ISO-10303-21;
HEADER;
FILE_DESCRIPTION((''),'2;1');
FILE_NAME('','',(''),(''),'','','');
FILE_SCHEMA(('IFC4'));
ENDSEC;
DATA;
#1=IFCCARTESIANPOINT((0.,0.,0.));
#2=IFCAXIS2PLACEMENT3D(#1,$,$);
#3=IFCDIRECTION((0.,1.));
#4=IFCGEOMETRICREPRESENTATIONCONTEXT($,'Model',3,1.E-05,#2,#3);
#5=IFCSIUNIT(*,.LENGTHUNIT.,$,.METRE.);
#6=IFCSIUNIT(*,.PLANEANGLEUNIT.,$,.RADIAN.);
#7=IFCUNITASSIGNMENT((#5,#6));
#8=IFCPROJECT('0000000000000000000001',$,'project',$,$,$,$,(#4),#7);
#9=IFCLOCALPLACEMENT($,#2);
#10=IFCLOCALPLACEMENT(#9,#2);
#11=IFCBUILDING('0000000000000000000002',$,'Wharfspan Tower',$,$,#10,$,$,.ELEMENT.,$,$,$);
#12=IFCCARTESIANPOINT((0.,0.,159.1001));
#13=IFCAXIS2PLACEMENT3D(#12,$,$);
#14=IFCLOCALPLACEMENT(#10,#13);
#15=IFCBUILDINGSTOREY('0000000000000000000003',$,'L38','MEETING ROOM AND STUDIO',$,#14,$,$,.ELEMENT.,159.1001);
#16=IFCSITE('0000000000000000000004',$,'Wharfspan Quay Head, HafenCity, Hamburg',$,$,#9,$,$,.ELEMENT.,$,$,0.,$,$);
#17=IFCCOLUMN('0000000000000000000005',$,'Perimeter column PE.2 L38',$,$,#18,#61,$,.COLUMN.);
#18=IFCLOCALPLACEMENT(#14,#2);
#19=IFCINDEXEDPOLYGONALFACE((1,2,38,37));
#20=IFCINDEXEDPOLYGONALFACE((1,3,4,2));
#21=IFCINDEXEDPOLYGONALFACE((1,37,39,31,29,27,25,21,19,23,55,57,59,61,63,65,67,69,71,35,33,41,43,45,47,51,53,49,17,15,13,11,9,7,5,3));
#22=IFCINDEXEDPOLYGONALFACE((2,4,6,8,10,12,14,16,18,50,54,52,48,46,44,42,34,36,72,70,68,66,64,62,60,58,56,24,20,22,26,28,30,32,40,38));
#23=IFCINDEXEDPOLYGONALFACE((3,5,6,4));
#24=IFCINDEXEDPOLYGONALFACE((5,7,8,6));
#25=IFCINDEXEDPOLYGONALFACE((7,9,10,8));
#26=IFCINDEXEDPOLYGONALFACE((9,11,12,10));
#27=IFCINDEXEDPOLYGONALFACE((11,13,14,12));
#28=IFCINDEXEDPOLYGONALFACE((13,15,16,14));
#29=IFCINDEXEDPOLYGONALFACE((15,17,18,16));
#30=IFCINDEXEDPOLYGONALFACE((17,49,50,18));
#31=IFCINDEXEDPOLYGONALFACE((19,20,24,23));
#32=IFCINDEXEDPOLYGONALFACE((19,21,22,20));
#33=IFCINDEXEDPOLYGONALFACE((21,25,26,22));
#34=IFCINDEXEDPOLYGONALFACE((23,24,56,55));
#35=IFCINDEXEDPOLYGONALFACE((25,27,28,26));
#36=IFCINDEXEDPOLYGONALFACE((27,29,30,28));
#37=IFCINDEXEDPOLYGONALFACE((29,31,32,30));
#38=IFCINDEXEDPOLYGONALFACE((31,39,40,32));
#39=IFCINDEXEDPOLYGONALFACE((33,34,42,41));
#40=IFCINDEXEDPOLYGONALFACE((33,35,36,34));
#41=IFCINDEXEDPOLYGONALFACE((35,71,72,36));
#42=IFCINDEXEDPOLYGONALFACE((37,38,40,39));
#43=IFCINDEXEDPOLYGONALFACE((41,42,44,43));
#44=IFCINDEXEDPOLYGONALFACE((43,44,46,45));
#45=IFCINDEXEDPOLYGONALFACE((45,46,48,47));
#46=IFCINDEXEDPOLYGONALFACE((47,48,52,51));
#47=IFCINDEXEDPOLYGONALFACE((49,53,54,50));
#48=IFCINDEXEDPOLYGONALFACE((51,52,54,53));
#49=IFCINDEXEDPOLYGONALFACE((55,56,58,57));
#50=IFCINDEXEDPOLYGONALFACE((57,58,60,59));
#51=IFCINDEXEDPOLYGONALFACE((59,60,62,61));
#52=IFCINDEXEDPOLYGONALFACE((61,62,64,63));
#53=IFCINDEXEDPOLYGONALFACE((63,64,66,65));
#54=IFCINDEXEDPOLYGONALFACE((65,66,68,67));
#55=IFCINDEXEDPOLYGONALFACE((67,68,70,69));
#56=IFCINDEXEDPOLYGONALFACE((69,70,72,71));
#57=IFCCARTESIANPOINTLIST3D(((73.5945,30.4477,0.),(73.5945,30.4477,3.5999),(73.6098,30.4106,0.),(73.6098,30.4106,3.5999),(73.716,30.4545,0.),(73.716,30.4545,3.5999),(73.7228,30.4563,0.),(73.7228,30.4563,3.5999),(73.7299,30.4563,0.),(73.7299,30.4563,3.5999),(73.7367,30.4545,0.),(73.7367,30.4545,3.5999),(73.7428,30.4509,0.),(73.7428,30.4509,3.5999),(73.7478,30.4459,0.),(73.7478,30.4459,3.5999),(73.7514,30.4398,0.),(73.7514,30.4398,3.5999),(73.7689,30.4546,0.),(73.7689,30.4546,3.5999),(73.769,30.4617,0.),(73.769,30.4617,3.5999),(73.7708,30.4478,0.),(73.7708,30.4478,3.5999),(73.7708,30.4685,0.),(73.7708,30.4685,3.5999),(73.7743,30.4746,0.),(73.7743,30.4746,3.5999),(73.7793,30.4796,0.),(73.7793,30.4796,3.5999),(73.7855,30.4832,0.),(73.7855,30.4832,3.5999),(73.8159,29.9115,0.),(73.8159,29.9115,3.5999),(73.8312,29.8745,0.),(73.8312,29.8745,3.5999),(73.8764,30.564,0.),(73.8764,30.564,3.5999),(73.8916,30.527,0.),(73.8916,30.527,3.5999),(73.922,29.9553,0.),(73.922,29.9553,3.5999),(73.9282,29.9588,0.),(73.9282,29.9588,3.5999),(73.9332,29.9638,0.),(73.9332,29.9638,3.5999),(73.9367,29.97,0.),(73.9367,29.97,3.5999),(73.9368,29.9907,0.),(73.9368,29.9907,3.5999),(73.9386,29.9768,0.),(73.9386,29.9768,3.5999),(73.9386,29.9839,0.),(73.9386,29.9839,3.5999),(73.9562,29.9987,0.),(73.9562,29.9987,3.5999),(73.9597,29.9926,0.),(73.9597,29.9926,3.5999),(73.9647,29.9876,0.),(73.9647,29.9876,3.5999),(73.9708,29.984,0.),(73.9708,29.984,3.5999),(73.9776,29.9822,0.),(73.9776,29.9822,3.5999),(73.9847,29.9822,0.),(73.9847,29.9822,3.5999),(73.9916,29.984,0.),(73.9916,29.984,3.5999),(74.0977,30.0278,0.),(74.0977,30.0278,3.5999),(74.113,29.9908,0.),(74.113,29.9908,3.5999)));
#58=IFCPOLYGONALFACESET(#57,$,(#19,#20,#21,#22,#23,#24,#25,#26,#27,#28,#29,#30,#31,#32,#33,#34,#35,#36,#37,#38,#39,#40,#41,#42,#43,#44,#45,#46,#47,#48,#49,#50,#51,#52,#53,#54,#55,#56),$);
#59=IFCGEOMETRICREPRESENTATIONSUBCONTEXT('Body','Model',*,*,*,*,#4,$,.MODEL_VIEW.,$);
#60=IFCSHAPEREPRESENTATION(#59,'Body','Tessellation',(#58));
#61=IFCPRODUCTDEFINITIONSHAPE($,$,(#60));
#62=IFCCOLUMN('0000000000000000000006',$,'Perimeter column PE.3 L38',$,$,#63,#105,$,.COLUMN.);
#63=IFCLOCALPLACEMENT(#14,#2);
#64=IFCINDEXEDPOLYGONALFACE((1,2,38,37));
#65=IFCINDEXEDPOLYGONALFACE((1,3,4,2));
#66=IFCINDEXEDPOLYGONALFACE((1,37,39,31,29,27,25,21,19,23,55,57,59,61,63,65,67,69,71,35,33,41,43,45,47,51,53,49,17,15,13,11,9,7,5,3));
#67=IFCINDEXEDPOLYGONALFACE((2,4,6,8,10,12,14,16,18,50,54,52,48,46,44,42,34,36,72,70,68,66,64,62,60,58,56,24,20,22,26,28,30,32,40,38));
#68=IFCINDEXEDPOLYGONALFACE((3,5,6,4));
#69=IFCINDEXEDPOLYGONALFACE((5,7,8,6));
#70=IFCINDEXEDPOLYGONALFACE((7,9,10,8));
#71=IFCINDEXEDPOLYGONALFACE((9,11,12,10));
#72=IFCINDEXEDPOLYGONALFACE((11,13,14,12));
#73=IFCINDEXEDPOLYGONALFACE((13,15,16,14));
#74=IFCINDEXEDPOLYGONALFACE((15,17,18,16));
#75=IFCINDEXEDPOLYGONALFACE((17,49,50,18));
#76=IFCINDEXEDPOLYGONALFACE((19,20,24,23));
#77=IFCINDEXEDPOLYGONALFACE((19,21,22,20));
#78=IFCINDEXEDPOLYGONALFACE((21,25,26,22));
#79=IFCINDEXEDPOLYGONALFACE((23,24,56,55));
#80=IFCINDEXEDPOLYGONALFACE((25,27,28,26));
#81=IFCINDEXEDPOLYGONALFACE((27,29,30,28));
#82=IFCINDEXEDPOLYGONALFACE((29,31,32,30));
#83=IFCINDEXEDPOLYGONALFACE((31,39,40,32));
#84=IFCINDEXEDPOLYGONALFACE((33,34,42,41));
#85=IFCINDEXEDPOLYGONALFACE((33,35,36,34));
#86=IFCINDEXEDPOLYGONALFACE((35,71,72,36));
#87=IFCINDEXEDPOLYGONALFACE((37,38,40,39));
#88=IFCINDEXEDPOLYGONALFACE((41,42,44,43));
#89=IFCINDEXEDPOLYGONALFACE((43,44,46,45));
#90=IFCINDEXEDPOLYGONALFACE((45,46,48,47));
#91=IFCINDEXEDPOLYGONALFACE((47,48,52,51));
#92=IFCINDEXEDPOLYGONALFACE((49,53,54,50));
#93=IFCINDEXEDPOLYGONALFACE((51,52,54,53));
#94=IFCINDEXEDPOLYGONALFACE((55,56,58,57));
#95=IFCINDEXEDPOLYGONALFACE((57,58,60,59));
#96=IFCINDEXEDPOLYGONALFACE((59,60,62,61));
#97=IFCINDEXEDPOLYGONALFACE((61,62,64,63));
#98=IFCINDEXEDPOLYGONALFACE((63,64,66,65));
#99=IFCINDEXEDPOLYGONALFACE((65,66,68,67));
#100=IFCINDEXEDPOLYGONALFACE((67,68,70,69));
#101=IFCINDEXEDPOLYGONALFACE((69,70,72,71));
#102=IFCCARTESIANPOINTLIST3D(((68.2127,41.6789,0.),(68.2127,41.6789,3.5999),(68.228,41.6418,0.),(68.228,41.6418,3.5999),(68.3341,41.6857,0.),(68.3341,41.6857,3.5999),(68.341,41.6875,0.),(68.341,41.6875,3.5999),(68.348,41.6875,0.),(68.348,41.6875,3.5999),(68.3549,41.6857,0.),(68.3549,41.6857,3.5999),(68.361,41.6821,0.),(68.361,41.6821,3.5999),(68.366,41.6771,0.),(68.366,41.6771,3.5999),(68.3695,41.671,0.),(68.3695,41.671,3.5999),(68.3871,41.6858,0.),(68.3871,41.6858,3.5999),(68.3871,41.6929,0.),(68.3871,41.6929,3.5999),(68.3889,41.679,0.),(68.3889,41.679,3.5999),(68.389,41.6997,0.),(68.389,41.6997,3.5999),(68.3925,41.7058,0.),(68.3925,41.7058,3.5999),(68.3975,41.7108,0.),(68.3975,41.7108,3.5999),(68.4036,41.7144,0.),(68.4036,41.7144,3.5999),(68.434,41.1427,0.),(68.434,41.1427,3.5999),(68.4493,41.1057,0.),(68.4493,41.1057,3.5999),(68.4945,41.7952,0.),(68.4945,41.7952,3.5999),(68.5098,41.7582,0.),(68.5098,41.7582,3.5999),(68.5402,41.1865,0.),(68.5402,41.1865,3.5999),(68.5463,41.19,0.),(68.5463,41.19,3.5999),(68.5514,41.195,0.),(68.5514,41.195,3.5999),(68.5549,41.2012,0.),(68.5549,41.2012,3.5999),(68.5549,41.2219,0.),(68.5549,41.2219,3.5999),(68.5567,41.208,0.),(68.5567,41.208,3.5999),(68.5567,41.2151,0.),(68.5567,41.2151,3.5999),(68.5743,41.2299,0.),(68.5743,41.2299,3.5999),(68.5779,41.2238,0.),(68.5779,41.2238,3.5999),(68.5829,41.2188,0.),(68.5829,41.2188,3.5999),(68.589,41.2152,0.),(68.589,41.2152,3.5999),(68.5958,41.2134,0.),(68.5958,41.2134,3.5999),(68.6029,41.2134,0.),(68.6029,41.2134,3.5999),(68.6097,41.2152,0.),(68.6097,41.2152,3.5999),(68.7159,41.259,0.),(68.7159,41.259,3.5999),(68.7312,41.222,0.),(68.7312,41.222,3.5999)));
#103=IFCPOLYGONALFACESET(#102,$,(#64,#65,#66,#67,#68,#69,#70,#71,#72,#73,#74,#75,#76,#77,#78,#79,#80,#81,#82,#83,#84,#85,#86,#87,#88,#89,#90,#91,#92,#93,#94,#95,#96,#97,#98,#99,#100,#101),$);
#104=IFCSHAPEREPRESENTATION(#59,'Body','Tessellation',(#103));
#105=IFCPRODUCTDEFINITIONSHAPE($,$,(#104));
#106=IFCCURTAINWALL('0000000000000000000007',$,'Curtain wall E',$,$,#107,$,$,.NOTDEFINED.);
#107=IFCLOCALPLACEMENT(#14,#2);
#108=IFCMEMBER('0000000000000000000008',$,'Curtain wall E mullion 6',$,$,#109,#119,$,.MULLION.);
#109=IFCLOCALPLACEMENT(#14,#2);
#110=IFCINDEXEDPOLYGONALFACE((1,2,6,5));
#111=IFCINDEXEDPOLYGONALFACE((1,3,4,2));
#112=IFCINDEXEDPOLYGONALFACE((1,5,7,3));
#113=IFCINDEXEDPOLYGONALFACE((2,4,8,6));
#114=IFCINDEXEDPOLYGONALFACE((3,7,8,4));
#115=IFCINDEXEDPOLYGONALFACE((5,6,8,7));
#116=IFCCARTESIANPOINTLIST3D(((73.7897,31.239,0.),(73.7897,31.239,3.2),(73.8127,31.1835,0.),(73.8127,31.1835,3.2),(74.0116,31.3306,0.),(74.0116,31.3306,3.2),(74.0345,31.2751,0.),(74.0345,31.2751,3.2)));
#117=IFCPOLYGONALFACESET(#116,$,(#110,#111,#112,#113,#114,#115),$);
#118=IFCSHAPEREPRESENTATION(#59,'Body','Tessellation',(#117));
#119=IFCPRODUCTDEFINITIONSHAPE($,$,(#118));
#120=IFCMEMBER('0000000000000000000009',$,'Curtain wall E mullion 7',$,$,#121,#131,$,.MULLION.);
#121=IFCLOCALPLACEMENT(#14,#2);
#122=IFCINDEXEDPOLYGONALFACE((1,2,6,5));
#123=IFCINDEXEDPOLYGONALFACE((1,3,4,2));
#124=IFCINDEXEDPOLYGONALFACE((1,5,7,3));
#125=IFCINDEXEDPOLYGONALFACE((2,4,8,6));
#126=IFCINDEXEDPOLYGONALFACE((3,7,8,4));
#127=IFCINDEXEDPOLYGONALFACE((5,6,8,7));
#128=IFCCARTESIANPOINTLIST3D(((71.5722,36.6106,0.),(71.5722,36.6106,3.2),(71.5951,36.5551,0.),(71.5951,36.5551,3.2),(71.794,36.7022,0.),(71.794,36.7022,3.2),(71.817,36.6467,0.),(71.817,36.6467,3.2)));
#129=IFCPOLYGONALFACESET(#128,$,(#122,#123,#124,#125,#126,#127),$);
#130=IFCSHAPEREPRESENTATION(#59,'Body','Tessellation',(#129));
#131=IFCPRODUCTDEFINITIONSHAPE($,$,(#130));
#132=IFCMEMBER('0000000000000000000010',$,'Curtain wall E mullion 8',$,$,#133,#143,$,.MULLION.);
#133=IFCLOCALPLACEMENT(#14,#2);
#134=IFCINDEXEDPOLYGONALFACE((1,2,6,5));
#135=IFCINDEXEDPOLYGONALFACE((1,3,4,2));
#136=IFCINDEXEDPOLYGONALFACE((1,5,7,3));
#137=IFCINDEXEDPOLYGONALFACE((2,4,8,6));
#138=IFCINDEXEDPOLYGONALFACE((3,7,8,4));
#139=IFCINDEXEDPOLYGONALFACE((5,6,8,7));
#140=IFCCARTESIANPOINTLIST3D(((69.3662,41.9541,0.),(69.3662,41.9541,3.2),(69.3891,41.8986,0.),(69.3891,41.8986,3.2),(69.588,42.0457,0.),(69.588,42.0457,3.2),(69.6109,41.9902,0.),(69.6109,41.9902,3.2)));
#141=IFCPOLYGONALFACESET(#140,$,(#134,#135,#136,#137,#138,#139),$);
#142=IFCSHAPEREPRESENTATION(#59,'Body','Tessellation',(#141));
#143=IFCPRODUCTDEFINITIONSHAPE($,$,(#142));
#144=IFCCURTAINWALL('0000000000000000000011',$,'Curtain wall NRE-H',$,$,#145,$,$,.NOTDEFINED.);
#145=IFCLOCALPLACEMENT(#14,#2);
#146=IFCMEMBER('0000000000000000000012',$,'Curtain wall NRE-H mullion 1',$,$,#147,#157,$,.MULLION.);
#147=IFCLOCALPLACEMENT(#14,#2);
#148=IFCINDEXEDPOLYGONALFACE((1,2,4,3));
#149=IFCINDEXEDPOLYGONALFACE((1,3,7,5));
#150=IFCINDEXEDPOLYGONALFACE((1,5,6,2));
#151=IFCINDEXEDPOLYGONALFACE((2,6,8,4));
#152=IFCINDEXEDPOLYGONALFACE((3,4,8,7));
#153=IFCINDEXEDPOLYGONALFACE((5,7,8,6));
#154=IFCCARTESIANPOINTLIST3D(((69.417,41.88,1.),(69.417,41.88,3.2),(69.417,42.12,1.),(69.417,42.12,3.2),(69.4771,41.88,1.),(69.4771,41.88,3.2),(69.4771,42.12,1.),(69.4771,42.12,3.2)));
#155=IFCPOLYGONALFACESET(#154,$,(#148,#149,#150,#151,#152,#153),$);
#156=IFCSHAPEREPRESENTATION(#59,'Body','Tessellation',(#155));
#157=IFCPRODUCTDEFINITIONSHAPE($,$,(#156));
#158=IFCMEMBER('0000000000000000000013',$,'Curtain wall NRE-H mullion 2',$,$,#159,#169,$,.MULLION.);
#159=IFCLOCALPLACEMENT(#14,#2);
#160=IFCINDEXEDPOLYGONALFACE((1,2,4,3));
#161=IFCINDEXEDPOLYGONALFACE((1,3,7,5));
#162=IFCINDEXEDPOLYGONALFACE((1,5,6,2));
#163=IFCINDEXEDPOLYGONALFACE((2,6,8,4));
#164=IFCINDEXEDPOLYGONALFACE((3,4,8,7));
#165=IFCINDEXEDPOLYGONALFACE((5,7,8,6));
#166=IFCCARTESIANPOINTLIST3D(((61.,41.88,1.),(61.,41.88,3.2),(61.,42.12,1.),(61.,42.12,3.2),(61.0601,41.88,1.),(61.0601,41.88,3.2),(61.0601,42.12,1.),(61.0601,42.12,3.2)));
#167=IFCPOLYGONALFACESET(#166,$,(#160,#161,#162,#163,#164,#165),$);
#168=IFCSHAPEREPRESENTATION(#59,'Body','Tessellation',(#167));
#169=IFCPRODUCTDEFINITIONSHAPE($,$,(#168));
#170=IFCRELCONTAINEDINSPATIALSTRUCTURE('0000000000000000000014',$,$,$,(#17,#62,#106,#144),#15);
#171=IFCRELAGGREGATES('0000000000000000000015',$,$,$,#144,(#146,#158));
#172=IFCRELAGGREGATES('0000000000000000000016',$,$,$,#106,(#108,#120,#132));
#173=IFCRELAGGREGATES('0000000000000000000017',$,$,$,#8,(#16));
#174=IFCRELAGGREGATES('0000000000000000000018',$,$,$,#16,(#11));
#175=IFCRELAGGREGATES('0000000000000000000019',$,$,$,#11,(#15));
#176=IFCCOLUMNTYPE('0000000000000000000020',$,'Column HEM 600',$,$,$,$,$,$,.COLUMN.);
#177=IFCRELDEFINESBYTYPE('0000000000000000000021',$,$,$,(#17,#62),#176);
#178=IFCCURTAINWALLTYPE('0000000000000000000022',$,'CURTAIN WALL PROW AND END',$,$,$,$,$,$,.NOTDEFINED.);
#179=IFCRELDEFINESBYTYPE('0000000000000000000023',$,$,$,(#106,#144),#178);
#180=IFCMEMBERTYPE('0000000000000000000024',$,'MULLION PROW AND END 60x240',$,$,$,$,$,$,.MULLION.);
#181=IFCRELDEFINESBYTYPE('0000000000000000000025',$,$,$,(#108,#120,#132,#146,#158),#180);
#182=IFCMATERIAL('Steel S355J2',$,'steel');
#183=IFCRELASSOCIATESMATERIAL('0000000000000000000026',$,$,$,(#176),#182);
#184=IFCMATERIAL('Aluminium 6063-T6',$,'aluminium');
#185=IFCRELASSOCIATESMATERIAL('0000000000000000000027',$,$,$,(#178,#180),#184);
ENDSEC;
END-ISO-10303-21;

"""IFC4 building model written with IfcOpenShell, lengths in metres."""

from ifc_helpers import new_model, si_unit, direction, frame, origin, origin_2d, place, context, subcontext, project, spatial, rectangle, i_section, extrude, material, material_profile, profile_set, type_object, element, aggregate, save


model = new_model("IFC4")

# Units and contexts
model_context = context("Model", 3, precision=1e-05, world=origin(), true_north=direction((0.0, 1.0)))
body_context = subcontext(model_context, "Body", "Model", "MODEL_VIEW")
ifc_project = project(units=[si_unit("LENGTHUNIT", "METRE"), si_unit("PLANEANGLEUNIT", "RADIAN")], contexts=[model_context])

# Site, building, storey
site_placement = place(None, origin())
site = spatial("IfcSite", under=ifc_project, at=site_placement, Name="Wharfspan Quay Head, HafenCity, Hamburg", CompositionType="ELEMENT", RefElevation=0.0)
building_placement = place(site_placement, origin())
building = spatial("IfcBuilding", under=site, at=building_placement, Name="Wharfspan Tower", CompositionType="ELEMENT")
storey_placement = place(building_placement, frame((0.0, 0.0, 159.1001)))
storey = spatial("IfcBuildingStorey", under=building, at=storey_placement, Name="L38", Description="MEETING ROOM AND STUDIO", CompositionType="ELEMENT", Elevation=159.1001)

# Columns
ifc_material_1 = material(Name="Steel S355J2", Category="steel")
ifc_material_profile_1 = material_profile(ifc_material_1, i_section(OverallWidth=0.3049, OverallDepth=0.6201, WebThickness=0.021, FlangeThickness=0.04, FilletRadius=0.0271, at=origin_2d()))
ifc_profile_set_1 = profile_set([ifc_material_profile_1], Name="Steel S355J2")
column_type = type_object("IfcColumnType", Name="Column HEM 600", PredefinedType="COLUMN", material=ifc_profile_set_1)
for number, where, z_axis, x_axis, name in (
    (1, (73.8538, 30.2192, 0.0), (0.0, 0.0, 1.0), (0.924325, 0.381602, 0.0), "Perimeter column PE.2 L38"),
    (2, (68.4719, 41.4504, 0.0), (0.0, 0.0, 1.0), (0.924325, 0.381602, 0.0), "Perimeter column PE.3 L38"),
):
    element("IfcColumn", number, at=place(storey_placement, frame(where, z_axis=z_axis, x_axis=x_axis)), inside=storey, type_object=column_type, Name=name, PredefinedType="COLUMN", context=body_context, shape_type="SweptSolid", body=[
        extrude(i_section(OverallWidth=0.3049, OverallDepth=0.6201, WebThickness=0.021, FlangeThickness=0.04, FilletRadius=0.0271, at=origin_2d()), origin(), (0.0, 0.0, 1.0), 3.5999),
    ])

# Curtain walls, members
ifc_material_2 = material(Name="Aluminium 6063-T6", Category="aluminium")
curtain_wall_type = type_object("IfcCurtainWallType", Name="CURTAIN WALL PROW AND END", PredefinedType="NOTDEFINED", material=ifc_material_2)
curtain_wall_1_placement = place(storey_placement, origin())
curtain_wall_1 = element("IfcCurtainWall", 3, at=curtain_wall_1_placement, inside=storey, type_object=curtain_wall_type, Name="Curtain wall E", PredefinedType="NOTDEFINED")
ifc_material_profile_2 = material_profile(ifc_material_2, rectangle(XDim=0.24, YDim=0.0601, at=origin_2d()))
ifc_profile_set_2 = profile_set([ifc_material_profile_2], Name="Aluminium 6063-T6")
member_type_1 = type_object("IfcMemberType", Name="MULLION PROW AND END 60x240", PredefinedType="MULLION", material=ifc_profile_set_2)
member_1_placement = place(storey_placement, frame((73.9121, 31.2571, 0.0), z_axis=(0.0, 0.0, 1.0), x_axis=(-0.924325, -0.381602, 0.0)))
member_1 = element("IfcMember", 4, at=member_1_placement, type_object=member_type_1, Name="Curtain wall E mullion 6", PredefinedType="MULLION", context=body_context, shape_type="SweptSolid", body=[
    extrude(rectangle(XDim=0.24, YDim=0.0601, at=origin_2d()), origin(), (0.0, 0.0, 1.0), 3.2),
])
member_2_placement = place(storey_placement, frame((71.6946, 36.6287, 0.0), z_axis=(0.0, 0.0, 1.0), x_axis=(-0.924325, -0.381602, 0.0)))
member_2 = element("IfcMember", 5, at=member_2_placement, type_object=member_type_1, Name="Curtain wall E mullion 7", PredefinedType="MULLION", context=body_context, shape_type="SweptSolid", body=[
    extrude(rectangle(XDim=0.24, YDim=0.0601, at=origin_2d()), origin(), (0.0, 0.0, 1.0), 3.2),
])
member_3_placement = place(storey_placement, frame((69.4885, 41.9722, 0.0), z_axis=(0.0, 0.0, 1.0), x_axis=(-0.924325, -0.381602, 0.0)))
member_3 = element("IfcMember", 6, at=member_3_placement, type_object=member_type_1, Name="Curtain wall E mullion 8", PredefinedType="MULLION", context=body_context, shape_type="SweptSolid", body=[
    extrude(rectangle(XDim=0.24, YDim=0.0601, at=origin_2d()), origin(), (0.0, 0.0, 1.0), 3.2),
])
curtain_wall_2_placement = place(storey_placement, origin())
curtain_wall_2 = element("IfcCurtainWall", 7, at=curtain_wall_2_placement, inside=storey, type_object=curtain_wall_type, Name="Curtain wall NRE-H", PredefinedType="NOTDEFINED")
member_4_placement = place(storey_placement, frame((69.447, 42.0, 1.0), z_axis=(0.0, 0.0, 1.0), x_axis=(0.0, -1.0, 0.0)))
member_4 = element("IfcMember", 8, at=member_4_placement, type_object=member_type_1, Name="Curtain wall NRE-H mullion 1", PredefinedType="MULLION", context=body_context, shape_type="SweptSolid", body=[
    extrude(rectangle(XDim=0.24, YDim=0.0601, at=origin_2d()), origin(), (0.0, 0.0, 1.0), 2.2),
])
member_5_placement = place(storey_placement, frame((61.03, 42.0, 1.0), z_axis=(0.0, 0.0, 1.0), x_axis=(0.0, -1.0, 0.0)))
member_5 = element("IfcMember", 9, at=member_5_placement, type_object=member_type_1, Name="Curtain wall NRE-H mullion 2", PredefinedType="MULLION", context=body_context, shape_type="SweptSolid", body=[
    extrude(rectangle(XDim=0.24, YDim=0.0601, at=origin_2d()), origin(), (0.0, 0.0, 1.0), 2.2),
])

aggregate(curtain_wall_2, [member_4, member_5])
aggregate(curtain_wall_1, [member_1, member_2, member_3])

save(model, "model.ifc")
